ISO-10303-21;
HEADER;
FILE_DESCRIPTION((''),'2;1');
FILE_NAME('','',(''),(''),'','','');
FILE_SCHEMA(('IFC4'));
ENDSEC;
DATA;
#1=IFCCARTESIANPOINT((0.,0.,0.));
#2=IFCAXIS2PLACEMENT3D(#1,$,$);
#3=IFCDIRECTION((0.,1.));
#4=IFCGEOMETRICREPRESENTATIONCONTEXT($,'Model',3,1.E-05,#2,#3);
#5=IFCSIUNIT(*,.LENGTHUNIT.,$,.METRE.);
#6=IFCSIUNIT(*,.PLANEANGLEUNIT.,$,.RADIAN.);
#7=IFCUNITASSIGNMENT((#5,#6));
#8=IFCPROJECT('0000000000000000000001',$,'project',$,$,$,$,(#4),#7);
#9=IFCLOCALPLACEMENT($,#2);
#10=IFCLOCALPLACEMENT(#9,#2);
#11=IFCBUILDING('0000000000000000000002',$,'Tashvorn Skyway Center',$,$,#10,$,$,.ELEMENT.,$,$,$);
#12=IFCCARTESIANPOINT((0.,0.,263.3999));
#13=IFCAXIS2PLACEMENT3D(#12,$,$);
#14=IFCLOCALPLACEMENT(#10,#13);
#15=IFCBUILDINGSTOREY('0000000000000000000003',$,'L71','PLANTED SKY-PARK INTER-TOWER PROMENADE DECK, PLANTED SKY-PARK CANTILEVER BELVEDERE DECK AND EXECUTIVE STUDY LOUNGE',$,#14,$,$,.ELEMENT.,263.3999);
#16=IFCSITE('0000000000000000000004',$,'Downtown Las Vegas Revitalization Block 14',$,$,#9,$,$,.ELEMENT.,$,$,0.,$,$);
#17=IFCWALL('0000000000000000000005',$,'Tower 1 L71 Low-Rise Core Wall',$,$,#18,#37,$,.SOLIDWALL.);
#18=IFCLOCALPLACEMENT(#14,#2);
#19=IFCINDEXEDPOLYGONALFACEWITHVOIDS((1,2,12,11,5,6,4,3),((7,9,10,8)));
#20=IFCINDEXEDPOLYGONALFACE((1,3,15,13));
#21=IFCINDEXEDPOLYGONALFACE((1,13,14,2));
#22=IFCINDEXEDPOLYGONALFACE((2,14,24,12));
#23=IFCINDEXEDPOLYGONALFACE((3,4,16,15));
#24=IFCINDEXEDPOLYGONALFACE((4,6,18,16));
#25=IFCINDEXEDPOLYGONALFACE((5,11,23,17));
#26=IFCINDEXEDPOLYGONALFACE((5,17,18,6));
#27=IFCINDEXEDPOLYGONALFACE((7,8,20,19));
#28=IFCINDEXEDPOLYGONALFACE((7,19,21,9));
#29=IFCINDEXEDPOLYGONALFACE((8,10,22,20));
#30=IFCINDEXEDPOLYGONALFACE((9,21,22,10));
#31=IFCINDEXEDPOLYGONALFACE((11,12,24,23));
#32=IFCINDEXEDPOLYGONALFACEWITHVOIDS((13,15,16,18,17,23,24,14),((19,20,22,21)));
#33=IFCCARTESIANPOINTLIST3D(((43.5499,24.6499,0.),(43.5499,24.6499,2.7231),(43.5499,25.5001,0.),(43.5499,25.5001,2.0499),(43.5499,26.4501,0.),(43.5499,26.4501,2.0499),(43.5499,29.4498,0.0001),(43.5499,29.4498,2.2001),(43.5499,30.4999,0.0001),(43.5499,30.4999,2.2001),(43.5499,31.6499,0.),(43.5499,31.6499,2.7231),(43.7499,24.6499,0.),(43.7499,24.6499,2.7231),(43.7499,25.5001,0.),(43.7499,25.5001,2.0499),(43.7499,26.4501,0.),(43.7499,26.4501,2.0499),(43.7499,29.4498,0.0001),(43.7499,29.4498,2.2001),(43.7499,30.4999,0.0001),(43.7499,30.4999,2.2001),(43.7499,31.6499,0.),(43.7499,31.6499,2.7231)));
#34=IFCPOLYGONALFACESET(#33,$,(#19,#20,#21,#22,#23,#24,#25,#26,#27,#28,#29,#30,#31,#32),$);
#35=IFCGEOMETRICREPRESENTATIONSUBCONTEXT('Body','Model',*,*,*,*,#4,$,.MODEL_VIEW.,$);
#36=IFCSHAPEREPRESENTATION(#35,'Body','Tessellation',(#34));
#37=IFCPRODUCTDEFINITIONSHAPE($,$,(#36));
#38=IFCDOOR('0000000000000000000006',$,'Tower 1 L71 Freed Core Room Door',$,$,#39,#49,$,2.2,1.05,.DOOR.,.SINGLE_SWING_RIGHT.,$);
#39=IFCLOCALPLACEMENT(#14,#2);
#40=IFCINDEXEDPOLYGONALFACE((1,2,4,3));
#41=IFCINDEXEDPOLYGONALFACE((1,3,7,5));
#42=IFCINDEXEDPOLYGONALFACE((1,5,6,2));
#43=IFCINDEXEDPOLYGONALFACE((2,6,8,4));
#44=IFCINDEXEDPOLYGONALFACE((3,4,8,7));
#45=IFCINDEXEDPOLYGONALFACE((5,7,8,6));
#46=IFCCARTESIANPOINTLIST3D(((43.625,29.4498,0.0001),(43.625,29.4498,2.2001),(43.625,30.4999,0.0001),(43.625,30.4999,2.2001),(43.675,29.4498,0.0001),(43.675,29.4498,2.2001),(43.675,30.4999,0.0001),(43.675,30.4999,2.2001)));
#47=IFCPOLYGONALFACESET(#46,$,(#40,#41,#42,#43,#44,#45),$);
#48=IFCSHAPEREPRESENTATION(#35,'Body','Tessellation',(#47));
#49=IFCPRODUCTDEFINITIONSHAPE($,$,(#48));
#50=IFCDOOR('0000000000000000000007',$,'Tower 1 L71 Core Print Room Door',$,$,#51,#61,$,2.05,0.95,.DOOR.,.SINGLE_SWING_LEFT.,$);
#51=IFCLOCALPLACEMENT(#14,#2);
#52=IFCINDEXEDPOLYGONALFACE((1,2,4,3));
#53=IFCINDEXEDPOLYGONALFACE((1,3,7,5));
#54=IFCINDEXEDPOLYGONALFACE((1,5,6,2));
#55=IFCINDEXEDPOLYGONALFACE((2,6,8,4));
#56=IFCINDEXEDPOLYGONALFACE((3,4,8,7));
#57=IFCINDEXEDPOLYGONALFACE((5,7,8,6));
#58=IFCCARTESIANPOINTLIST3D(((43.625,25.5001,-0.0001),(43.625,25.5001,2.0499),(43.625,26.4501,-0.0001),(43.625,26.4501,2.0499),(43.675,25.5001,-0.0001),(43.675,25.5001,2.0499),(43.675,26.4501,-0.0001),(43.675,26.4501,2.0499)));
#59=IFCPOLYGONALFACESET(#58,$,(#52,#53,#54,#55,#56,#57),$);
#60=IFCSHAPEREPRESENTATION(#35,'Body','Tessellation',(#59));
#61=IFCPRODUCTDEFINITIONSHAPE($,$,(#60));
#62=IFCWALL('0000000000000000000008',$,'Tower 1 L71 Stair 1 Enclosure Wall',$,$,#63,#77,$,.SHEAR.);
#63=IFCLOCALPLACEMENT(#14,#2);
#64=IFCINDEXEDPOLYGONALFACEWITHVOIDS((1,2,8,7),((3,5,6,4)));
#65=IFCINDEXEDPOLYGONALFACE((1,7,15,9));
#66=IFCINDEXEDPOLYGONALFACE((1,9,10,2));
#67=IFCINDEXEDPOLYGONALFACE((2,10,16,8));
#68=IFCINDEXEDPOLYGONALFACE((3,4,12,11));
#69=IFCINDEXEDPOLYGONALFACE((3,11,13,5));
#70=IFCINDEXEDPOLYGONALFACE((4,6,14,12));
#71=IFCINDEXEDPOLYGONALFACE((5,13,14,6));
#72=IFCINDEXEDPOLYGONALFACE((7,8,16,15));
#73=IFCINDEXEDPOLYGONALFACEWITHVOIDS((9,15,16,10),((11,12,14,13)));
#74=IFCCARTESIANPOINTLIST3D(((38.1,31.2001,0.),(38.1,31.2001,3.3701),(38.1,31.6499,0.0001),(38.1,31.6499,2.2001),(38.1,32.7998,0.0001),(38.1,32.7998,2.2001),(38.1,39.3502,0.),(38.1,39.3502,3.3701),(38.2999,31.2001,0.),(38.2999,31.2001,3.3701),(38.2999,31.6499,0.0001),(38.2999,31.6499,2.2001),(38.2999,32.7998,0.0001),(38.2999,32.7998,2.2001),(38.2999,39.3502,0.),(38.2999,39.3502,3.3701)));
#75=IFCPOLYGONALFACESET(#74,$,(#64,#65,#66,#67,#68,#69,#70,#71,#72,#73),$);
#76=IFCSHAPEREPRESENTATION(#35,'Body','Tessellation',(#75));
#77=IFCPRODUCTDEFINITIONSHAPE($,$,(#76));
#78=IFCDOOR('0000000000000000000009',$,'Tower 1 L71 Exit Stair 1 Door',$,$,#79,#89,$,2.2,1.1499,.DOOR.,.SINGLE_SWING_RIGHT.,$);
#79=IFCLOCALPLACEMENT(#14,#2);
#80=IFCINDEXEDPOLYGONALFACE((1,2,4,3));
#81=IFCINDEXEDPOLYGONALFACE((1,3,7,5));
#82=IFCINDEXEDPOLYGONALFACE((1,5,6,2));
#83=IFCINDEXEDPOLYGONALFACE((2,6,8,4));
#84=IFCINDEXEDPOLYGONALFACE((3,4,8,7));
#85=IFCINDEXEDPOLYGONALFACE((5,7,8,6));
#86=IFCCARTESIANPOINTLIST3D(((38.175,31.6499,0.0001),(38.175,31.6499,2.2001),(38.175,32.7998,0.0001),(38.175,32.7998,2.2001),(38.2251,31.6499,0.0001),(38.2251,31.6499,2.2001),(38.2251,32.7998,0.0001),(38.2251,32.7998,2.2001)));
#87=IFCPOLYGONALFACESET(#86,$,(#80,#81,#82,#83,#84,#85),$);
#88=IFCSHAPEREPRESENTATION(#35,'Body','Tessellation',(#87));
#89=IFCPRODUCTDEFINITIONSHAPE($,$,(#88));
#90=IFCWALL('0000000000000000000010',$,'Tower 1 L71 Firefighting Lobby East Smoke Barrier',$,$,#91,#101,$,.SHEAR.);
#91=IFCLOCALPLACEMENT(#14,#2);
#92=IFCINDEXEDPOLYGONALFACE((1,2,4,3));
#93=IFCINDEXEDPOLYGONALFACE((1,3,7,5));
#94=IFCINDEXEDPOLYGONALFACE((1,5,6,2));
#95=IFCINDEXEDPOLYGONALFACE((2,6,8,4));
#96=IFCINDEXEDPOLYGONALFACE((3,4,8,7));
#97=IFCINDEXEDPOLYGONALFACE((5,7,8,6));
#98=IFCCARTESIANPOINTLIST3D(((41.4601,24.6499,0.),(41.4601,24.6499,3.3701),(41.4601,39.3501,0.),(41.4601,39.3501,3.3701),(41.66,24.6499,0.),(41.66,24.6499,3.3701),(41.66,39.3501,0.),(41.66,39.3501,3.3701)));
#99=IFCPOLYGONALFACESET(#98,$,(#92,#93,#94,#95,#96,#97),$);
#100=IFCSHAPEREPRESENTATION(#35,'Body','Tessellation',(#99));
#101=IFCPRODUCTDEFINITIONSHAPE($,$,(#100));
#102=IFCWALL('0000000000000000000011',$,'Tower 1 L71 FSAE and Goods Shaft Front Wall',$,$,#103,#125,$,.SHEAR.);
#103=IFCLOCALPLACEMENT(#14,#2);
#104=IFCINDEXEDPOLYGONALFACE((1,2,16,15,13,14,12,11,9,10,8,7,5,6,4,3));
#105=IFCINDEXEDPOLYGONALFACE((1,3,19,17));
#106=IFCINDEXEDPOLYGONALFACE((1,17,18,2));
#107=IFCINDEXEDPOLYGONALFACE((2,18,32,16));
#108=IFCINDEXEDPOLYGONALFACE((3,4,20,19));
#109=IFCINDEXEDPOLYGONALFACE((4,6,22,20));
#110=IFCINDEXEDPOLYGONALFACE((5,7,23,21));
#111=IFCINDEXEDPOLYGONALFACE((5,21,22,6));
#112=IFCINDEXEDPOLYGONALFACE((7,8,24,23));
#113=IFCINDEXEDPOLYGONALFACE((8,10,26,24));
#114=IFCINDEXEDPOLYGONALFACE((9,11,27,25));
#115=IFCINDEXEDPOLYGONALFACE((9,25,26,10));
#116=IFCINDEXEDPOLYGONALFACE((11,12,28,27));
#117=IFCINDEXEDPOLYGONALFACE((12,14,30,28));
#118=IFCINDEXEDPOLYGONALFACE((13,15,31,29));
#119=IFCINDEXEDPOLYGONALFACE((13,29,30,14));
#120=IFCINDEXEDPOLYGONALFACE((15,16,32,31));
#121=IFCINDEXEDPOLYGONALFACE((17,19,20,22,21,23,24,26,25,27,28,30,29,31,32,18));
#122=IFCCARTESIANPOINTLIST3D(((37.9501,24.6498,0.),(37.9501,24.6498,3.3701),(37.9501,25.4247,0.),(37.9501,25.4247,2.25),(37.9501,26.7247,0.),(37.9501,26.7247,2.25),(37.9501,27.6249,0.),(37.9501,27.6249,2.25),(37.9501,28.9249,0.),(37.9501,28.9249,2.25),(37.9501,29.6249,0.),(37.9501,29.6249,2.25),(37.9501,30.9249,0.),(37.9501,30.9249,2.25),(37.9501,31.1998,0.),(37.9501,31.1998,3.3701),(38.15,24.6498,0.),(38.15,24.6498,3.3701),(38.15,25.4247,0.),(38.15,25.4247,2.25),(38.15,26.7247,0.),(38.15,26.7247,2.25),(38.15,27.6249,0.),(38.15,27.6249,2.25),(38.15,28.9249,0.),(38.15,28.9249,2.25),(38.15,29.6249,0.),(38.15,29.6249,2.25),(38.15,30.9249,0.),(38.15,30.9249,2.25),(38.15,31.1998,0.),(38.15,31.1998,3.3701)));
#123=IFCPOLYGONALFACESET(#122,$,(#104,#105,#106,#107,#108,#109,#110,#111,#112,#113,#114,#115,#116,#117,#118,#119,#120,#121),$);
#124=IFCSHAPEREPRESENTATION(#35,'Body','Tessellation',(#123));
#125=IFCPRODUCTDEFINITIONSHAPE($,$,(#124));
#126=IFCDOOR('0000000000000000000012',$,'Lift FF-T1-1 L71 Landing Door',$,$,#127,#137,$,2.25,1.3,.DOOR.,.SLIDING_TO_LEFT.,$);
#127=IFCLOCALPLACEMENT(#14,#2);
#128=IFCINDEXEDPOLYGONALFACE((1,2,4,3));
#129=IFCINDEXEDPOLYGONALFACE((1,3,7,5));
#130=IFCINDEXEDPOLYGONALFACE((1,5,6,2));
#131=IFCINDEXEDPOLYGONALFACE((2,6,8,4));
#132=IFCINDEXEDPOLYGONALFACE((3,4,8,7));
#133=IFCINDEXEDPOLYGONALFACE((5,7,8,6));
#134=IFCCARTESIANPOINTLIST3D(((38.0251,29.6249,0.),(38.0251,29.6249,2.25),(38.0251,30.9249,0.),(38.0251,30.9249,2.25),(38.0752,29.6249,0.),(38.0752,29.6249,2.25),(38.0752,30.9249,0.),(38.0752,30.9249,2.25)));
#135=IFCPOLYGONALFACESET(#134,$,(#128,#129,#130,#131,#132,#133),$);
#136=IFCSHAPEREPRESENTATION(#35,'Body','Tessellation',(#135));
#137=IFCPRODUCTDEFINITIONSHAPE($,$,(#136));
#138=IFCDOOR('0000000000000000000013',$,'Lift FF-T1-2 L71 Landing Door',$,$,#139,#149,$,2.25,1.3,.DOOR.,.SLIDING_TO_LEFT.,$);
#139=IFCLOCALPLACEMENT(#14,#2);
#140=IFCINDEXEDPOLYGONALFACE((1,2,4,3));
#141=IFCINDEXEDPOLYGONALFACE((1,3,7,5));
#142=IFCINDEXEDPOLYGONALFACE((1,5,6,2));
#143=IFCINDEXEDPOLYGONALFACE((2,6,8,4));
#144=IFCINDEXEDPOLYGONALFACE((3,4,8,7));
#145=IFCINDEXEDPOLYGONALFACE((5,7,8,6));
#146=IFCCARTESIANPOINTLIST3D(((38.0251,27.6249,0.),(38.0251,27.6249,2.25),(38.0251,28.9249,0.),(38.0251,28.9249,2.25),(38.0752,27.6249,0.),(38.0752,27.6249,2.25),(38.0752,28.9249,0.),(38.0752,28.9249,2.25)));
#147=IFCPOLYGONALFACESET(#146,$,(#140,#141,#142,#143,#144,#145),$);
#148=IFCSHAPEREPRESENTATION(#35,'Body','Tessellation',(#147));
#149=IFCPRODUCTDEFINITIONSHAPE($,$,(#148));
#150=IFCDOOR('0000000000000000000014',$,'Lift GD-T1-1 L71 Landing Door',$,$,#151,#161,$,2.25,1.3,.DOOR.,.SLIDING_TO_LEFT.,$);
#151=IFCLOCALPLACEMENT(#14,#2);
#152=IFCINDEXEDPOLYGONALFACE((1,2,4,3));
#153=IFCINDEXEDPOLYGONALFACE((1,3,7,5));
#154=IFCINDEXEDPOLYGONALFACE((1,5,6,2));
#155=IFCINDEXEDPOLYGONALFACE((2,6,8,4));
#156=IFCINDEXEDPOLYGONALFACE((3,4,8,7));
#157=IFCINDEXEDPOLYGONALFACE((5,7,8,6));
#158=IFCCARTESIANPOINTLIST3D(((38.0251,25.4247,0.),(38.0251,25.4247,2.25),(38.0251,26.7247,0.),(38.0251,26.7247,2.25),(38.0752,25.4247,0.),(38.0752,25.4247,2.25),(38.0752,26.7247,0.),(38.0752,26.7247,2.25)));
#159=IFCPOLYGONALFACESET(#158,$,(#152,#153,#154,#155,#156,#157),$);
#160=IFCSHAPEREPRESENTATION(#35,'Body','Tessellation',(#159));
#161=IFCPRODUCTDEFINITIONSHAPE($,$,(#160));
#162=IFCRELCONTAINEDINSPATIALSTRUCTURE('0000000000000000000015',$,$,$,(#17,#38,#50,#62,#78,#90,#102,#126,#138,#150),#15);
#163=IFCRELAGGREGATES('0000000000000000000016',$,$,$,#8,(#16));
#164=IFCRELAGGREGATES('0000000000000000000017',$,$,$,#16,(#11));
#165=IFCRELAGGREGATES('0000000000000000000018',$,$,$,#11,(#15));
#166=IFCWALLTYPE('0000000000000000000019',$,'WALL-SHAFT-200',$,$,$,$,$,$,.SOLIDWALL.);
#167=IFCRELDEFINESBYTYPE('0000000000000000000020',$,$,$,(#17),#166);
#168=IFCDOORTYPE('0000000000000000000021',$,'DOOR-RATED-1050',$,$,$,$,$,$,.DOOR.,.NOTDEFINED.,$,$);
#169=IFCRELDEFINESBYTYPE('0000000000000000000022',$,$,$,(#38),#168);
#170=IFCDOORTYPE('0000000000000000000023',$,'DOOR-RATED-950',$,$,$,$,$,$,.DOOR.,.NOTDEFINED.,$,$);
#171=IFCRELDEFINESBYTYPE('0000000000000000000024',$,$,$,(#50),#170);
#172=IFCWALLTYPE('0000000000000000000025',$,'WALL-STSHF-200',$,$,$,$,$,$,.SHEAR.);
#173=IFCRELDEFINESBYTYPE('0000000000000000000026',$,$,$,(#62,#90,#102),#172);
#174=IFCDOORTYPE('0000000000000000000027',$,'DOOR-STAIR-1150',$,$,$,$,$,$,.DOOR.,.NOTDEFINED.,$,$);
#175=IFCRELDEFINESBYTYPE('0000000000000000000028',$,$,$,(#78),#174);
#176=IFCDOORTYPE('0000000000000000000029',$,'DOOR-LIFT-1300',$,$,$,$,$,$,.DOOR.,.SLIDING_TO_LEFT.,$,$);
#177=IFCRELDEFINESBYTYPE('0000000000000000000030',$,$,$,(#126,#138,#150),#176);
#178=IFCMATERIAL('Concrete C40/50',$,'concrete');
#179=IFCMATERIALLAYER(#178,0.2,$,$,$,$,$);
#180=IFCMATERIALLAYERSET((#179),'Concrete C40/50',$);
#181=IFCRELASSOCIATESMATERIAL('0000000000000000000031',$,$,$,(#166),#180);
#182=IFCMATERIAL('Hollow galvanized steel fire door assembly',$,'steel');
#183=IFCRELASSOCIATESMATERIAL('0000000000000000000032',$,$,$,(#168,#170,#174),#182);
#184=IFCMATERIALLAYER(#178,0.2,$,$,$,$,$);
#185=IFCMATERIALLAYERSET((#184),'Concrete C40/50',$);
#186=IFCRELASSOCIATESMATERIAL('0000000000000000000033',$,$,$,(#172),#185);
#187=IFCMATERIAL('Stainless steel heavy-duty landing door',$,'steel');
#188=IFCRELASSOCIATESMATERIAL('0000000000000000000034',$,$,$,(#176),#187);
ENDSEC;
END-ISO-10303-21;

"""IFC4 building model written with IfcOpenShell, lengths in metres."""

from ifc_helpers import new_model, si_unit, direction, frame, frame_2d, origin, place, context, subcontext, project, spatial, rectangle, extrude, material, layer, layer_set, type_object, element, fill, save


model = new_model("IFC4")

# Units and contexts
model_context = context("Model", 3, precision=1e-05, world=origin(), true_north=direction((0.0, 1.0)))
body_context = subcontext(model_context, "Body", "Model", "MODEL_VIEW")
ifc_project = project(units=[si_unit("LENGTHUNIT", "METRE"), si_unit("PLANEANGLEUNIT", "RADIAN")], contexts=[model_context])

# Site, building, storey
site_placement = place(None, origin())
site = spatial("IfcSite", under=ifc_project, at=site_placement, Name="Downtown Las Vegas Revitalization Block 14", CompositionType="ELEMENT", RefElevation=0.0)
building_placement = place(site_placement, origin())
building = spatial("IfcBuilding", under=site, at=building_placement, Name="Tashvorn Skyway Center", CompositionType="ELEMENT")
storey_placement = place(building_placement, frame((0.0, 0.0, 263.3999)))
storey = spatial("IfcBuildingStorey", under=building, at=storey_placement, Name="L71", Description="PLANTED SKY-PARK INTER-TOWER PROMENADE DECK, PLANTED SKY-PARK CANTILEVER BELVEDERE DECK AND EXECUTIVE STUDY LOUNGE", CompositionType="ELEMENT", Elevation=263.3999)

# Shared definitions
ifc_material_1 = material(Name="Concrete C40/50", Category="concrete")
ifc_material_2 = material(Name="Hollow galvanized steel fire door assembly", Category="steel")

# Shared definitions
ifc_layer_1 = layer(ifc_material_1, 0.2)
ifc_layer_set_1 = layer_set([ifc_layer_1], Name="Concrete C40/50")
wall_type_1 = type_object("IfcWallType", Name="WALL-SHAFT-200", PredefinedType="SOLIDWALL", material=ifc_layer_set_1)

# Wall, openings, doors
wall_1_placement = place(storey_placement, frame((43.6499, 24.6499, 0.0), z_axis=(0.0, 0.0, 1.0), x_axis=(0.0, 1.0, 0.0)))
wall_1 = element("IfcWall", 1, at=wall_1_placement, inside=storey, type_object=wall_type_1, Name="Tower 1 L71 Low-Rise Core Wall", PredefinedType="SOLIDWALL", context=body_context, shape_type="SweptSolid", body=[
    extrude(rectangle(XDim=7.0, YDim=0.2, at=frame_2d((3.5, 0.0))), origin(), (0.0, 0.0, 1.0), 2.7231),
])
opening_1_placement = place(wall_1_placement, frame((0.8501, 0.0, 0.0)))
opening_1 = element("IfcOpeningElement", 2, at=opening_1_placement, cuts=wall_1, PredefinedType="OPENING", context=body_context, shape_type="SweptSolid", body=[
    extrude(rectangle(XDim=0.95, YDim=2.05, at=frame_2d((0.4751, 1.0249))), frame((0.0, 0.1099, 0.0), z_axis=(0.0, -1.0, 0.0), x_axis=(1.0, 0.0, 0.0)), (0.0, 0.0, 1.0), 0.22),
])
opening_2_placement = place(wall_1_placement, frame((4.8, 0.0, 0.0)))
opening_2 = element("IfcOpeningElement", 3, at=opening_2_placement, cuts=wall_1, PredefinedType="OPENING", context=body_context, shape_type="SweptSolid", body=[
    extrude(rectangle(XDim=1.05, YDim=2.2, at=frame_2d((0.5249, 1.1001))), frame((0.0, 0.1099, 0.0), z_axis=(0.0, -1.0, 0.0), x_axis=(1.0, 0.0, 0.0)), (0.0, 0.0, 1.0), 0.22),
])
door_type_1 = type_object("IfcDoorType", Name="DOOR-RATED-1050", OperationType="NOTDEFINED", PredefinedType="DOOR", material=ifc_material_2)
door_1_placement = place(opening_2_placement, origin())
door_1 = element("IfcDoor", 4, at=door_1_placement, inside=storey, type_object=door_type_1, Name="Tower 1 L71 Freed Core Room Door", OperationType="SINGLE_SWING_RIGHT", OverallHeight=2.2, OverallWidth=1.05, PredefinedType="DOOR", context=body_context, shape_type="SweptSolid", body=[
    extrude(rectangle(XDim=1.05, YDim=2.2, at=frame_2d((0.5249, 1.1001))), frame((0.0, 0.0249, 0.0), z_axis=(0.0, -1.0, 0.0), x_axis=(1.0, 0.0, 0.0)), (0.0, 0.0, 1.0), 0.05),
])
fill(opening_2, door_1)
door_type_2 = type_object("IfcDoorType", Name="DOOR-RATED-950", OperationType="NOTDEFINED", PredefinedType="DOOR", material=ifc_material_2)
door_2_placement = place(opening_1_placement, origin())
door_2 = element("IfcDoor", 5, at=door_2_placement, inside=storey, type_object=door_type_2, Name="Tower 1 L71 Core Print Room Door", OperationType="SINGLE_SWING_LEFT", OverallHeight=2.05, OverallWidth=0.95, PredefinedType="DOOR", context=body_context, shape_type="SweptSolid", body=[
    extrude(rectangle(XDim=0.95, YDim=2.05, at=frame_2d((0.4751, 1.0249))), frame((0.0, 0.0249, 0.0), z_axis=(0.0, -1.0, 0.0), x_axis=(1.0, 0.0, 0.0)), (0.0, 0.0, 1.0), 0.05),
])
fill(opening_1, door_2)

# Wall, opening, door
ifc_layer_2 = layer(ifc_material_1, 0.2)
ifc_layer_set_2 = layer_set([ifc_layer_2], Name="Concrete C40/50")
wall_type_2 = type_object("IfcWallType", Name="WALL-STSHF-200", PredefinedType="SHEAR", material=ifc_layer_set_2)
wall_2_placement = place(storey_placement, frame((38.2, 31.2, 0.0), z_axis=(0.0, 0.0, 1.0), x_axis=(0.0, 1.0, 0.0)))
wall_2 = element("IfcWall", 6, at=wall_2_placement, inside=storey, type_object=wall_type_2, Name="Tower 1 L71 Stair 1 Enclosure Wall", PredefinedType="SHEAR", context=body_context, shape_type="SweptSolid", body=[
    extrude(rectangle(XDim=8.1501, YDim=0.2, at=frame_2d((4.0752, 0.0))), origin(), (0.0, 0.0, 1.0), 3.3701),
])
opening_3_placement = place(wall_2_placement, frame((0.45, 0.0, 0.0)))
opening_3 = element("IfcOpeningElement", 7, at=opening_3_placement, cuts=wall_2, PredefinedType="OPENING", context=body_context, shape_type="SweptSolid", body=[
    extrude(rectangle(XDim=1.1499, YDim=2.2, at=frame_2d((0.575, 1.1001))), frame((0.0, 0.1099, 0.0), z_axis=(0.0, -1.0, 0.0), x_axis=(1.0, 0.0, 0.0)), (0.0, 0.0, 1.0), 0.22),
])
door_type_3 = type_object("IfcDoorType", Name="DOOR-STAIR-1150", OperationType="NOTDEFINED", PredefinedType="DOOR", material=ifc_material_2)
door_3_placement = place(opening_3_placement, origin())
door_3 = element("IfcDoor", 8, at=door_3_placement, inside=storey, type_object=door_type_3, Name="Tower 1 L71 Exit Stair 1 Door", OperationType="SINGLE_SWING_RIGHT", OverallHeight=2.2, OverallWidth=1.1499, PredefinedType="DOOR", context=body_context, shape_type="SweptSolid", body=[
    extrude(rectangle(XDim=1.1499, YDim=2.2, at=frame_2d((0.575, 1.1001))), frame((0.0, 0.0249, 0.0), z_axis=(0.0, -1.0, 0.0), x_axis=(1.0, 0.0, 0.0)), (0.0, 0.0, 1.0), 0.05),
])
fill(opening_3, door_3)

# Wall
wall_3_placement = place(storey_placement, frame((41.5601, 24.6499, 0.0), z_axis=(0.0, 0.0, 1.0), x_axis=(0.0, 1.0, 0.0)))
element("IfcWall", 9, at=wall_3_placement, inside=storey, type_object=wall_type_2, Name="Tower 1 L71 Firefighting Lobby East Smoke Barrier", PredefinedType="SHEAR", context=body_context, shape_type="SweptSolid", body=[
    extrude(rectangle(XDim=14.7002, YDim=0.2, at=frame_2d((7.3501, 0.0))), origin(), (0.0, 0.0, 1.0), 3.3701),
])

# Wall, openings, doors
wall_4_placement = place(storey_placement, frame((38.05, 24.6499, 0.0), z_axis=(0.0, 0.0, 1.0), x_axis=(0.0, 1.0, 0.0)))
wall_4 = element("IfcWall", 10, at=wall_4_placement, inside=storey, type_object=wall_type_2, Name="Tower 1 L71 FSAE and Goods Shaft Front Wall", PredefinedType="SHEAR", context=body_context, shape_type="SweptSolid", body=[
    extrude(rectangle(XDim=6.55, YDim=0.2, at=frame_2d((3.2749, 0.0))), origin(), (0.0, 0.0, 1.0), 3.3701),
])
opening_4_placement = place(wall_4_placement, frame((4.9751, 0.0, 0.0)))
opening_4 = element("IfcOpeningElement", 11, at=opening_4_placement, cuts=wall_4, PredefinedType="OPENING", context=body_context, shape_type="SweptSolid", body=[
    extrude(rectangle(XDim=1.3, YDim=2.25, at=frame_2d((0.6499, 1.125))), frame((0.0, 0.1099, 0.0), z_axis=(0.0, -1.0, 0.0), x_axis=(1.0, 0.0, 0.0)), (0.0, 0.0, 1.0), 0.22),
])
opening_5_placement = place(wall_4_placement, frame((2.9751, 0.0, 0.0)))
opening_5 = element("IfcOpeningElement", 12, at=opening_5_placement, cuts=wall_4, PredefinedType="OPENING", context=body_context, shape_type="SweptSolid", body=[
    extrude(rectangle(XDim=1.3, YDim=2.25, at=frame_2d((0.6499, 1.125))), frame((0.0, 0.1099, 0.0), z_axis=(0.0, -1.0, 0.0), x_axis=(1.0, 0.0, 0.0)), (0.0, 0.0, 1.0), 0.22),
])
opening_6_placement = place(wall_4_placement, frame((0.7749, 0.0, 0.0)))
opening_6 = element("IfcOpeningElement", 13, at=opening_6_placement, cuts=wall_4, PredefinedType="OPENING", context=body_context, shape_type="SweptSolid", body=[
    extrude(rectangle(XDim=1.3, YDim=2.25, at=frame_2d((0.6499, 1.125))), frame((0.0, 0.1099, 0.0), z_axis=(0.0, -1.0, 0.0), x_axis=(1.0, 0.0, 0.0)), (0.0, 0.0, 1.0), 0.22),
])
ifc_material_3 = material(Name="Stainless steel heavy-duty landing door", Category="steel")
door_type_4 = type_object("IfcDoorType", Name="DOOR-LIFT-1300", OperationType="SLIDING_TO_LEFT", PredefinedType="DOOR", material=ifc_material_3)
door_4_placement = place(opening_4_placement, origin())
door_4 = element("IfcDoor", 14, at=door_4_placement, inside=storey, type_object=door_type_4, Name="Lift FF-T1-1 L71 Landing Door", OperationType="SLIDING_TO_LEFT", OverallHeight=2.25, OverallWidth=1.3, PredefinedType="DOOR", context=body_context, shape_type="SweptSolid", body=[
    extrude(rectangle(XDim=1.3, YDim=2.25, at=frame_2d((0.6499, 1.125))), frame((0.0, 0.0249, 0.0), z_axis=(0.0, -1.0, 0.0), x_axis=(1.0, 0.0, 0.0)), (0.0, 0.0, 1.0), 0.05),
])
fill(opening_4, door_4)
door_5_placement = place(opening_5_placement, origin())
door_5 = element("IfcDoor", 15, at=door_5_placement, inside=storey, type_object=door_type_4, Name="Lift FF-T1-2 L71 Landing Door", OperationType="SLIDING_TO_LEFT", OverallHeight=2.25, OverallWidth=1.3, PredefinedType="DOOR", context=body_context, shape_type="SweptSolid", body=[
    extrude(rectangle(XDim=1.3, YDim=2.25, at=frame_2d((0.6499, 1.125))), frame((0.0, 0.0249, 0.0), z_axis=(0.0, -1.0, 0.0), x_axis=(1.0, 0.0, 0.0)), (0.0, 0.0, 1.0), 0.05),
])
fill(opening_5, door_5)
door_6_placement = place(opening_6_placement, origin())
door_6 = element("IfcDoor", 16, at=door_6_placement, inside=storey, type_object=door_type_4, Name="Lift GD-T1-1 L71 Landing Door", OperationType="SLIDING_TO_LEFT", OverallHeight=2.25, OverallWidth=1.3, PredefinedType="DOOR", context=body_context, shape_type="SweptSolid", body=[
    extrude(rectangle(XDim=1.3, YDim=2.25, at=frame_2d((0.6499, 1.125))), frame((0.0, 0.0249, 0.0), z_axis=(0.0, -1.0, 0.0), x_axis=(1.0, 0.0, 0.0)), (0.0, 0.0, 1.0), 0.05),
])
fill(opening_6, door_6)

save(model, "model.ifc")
